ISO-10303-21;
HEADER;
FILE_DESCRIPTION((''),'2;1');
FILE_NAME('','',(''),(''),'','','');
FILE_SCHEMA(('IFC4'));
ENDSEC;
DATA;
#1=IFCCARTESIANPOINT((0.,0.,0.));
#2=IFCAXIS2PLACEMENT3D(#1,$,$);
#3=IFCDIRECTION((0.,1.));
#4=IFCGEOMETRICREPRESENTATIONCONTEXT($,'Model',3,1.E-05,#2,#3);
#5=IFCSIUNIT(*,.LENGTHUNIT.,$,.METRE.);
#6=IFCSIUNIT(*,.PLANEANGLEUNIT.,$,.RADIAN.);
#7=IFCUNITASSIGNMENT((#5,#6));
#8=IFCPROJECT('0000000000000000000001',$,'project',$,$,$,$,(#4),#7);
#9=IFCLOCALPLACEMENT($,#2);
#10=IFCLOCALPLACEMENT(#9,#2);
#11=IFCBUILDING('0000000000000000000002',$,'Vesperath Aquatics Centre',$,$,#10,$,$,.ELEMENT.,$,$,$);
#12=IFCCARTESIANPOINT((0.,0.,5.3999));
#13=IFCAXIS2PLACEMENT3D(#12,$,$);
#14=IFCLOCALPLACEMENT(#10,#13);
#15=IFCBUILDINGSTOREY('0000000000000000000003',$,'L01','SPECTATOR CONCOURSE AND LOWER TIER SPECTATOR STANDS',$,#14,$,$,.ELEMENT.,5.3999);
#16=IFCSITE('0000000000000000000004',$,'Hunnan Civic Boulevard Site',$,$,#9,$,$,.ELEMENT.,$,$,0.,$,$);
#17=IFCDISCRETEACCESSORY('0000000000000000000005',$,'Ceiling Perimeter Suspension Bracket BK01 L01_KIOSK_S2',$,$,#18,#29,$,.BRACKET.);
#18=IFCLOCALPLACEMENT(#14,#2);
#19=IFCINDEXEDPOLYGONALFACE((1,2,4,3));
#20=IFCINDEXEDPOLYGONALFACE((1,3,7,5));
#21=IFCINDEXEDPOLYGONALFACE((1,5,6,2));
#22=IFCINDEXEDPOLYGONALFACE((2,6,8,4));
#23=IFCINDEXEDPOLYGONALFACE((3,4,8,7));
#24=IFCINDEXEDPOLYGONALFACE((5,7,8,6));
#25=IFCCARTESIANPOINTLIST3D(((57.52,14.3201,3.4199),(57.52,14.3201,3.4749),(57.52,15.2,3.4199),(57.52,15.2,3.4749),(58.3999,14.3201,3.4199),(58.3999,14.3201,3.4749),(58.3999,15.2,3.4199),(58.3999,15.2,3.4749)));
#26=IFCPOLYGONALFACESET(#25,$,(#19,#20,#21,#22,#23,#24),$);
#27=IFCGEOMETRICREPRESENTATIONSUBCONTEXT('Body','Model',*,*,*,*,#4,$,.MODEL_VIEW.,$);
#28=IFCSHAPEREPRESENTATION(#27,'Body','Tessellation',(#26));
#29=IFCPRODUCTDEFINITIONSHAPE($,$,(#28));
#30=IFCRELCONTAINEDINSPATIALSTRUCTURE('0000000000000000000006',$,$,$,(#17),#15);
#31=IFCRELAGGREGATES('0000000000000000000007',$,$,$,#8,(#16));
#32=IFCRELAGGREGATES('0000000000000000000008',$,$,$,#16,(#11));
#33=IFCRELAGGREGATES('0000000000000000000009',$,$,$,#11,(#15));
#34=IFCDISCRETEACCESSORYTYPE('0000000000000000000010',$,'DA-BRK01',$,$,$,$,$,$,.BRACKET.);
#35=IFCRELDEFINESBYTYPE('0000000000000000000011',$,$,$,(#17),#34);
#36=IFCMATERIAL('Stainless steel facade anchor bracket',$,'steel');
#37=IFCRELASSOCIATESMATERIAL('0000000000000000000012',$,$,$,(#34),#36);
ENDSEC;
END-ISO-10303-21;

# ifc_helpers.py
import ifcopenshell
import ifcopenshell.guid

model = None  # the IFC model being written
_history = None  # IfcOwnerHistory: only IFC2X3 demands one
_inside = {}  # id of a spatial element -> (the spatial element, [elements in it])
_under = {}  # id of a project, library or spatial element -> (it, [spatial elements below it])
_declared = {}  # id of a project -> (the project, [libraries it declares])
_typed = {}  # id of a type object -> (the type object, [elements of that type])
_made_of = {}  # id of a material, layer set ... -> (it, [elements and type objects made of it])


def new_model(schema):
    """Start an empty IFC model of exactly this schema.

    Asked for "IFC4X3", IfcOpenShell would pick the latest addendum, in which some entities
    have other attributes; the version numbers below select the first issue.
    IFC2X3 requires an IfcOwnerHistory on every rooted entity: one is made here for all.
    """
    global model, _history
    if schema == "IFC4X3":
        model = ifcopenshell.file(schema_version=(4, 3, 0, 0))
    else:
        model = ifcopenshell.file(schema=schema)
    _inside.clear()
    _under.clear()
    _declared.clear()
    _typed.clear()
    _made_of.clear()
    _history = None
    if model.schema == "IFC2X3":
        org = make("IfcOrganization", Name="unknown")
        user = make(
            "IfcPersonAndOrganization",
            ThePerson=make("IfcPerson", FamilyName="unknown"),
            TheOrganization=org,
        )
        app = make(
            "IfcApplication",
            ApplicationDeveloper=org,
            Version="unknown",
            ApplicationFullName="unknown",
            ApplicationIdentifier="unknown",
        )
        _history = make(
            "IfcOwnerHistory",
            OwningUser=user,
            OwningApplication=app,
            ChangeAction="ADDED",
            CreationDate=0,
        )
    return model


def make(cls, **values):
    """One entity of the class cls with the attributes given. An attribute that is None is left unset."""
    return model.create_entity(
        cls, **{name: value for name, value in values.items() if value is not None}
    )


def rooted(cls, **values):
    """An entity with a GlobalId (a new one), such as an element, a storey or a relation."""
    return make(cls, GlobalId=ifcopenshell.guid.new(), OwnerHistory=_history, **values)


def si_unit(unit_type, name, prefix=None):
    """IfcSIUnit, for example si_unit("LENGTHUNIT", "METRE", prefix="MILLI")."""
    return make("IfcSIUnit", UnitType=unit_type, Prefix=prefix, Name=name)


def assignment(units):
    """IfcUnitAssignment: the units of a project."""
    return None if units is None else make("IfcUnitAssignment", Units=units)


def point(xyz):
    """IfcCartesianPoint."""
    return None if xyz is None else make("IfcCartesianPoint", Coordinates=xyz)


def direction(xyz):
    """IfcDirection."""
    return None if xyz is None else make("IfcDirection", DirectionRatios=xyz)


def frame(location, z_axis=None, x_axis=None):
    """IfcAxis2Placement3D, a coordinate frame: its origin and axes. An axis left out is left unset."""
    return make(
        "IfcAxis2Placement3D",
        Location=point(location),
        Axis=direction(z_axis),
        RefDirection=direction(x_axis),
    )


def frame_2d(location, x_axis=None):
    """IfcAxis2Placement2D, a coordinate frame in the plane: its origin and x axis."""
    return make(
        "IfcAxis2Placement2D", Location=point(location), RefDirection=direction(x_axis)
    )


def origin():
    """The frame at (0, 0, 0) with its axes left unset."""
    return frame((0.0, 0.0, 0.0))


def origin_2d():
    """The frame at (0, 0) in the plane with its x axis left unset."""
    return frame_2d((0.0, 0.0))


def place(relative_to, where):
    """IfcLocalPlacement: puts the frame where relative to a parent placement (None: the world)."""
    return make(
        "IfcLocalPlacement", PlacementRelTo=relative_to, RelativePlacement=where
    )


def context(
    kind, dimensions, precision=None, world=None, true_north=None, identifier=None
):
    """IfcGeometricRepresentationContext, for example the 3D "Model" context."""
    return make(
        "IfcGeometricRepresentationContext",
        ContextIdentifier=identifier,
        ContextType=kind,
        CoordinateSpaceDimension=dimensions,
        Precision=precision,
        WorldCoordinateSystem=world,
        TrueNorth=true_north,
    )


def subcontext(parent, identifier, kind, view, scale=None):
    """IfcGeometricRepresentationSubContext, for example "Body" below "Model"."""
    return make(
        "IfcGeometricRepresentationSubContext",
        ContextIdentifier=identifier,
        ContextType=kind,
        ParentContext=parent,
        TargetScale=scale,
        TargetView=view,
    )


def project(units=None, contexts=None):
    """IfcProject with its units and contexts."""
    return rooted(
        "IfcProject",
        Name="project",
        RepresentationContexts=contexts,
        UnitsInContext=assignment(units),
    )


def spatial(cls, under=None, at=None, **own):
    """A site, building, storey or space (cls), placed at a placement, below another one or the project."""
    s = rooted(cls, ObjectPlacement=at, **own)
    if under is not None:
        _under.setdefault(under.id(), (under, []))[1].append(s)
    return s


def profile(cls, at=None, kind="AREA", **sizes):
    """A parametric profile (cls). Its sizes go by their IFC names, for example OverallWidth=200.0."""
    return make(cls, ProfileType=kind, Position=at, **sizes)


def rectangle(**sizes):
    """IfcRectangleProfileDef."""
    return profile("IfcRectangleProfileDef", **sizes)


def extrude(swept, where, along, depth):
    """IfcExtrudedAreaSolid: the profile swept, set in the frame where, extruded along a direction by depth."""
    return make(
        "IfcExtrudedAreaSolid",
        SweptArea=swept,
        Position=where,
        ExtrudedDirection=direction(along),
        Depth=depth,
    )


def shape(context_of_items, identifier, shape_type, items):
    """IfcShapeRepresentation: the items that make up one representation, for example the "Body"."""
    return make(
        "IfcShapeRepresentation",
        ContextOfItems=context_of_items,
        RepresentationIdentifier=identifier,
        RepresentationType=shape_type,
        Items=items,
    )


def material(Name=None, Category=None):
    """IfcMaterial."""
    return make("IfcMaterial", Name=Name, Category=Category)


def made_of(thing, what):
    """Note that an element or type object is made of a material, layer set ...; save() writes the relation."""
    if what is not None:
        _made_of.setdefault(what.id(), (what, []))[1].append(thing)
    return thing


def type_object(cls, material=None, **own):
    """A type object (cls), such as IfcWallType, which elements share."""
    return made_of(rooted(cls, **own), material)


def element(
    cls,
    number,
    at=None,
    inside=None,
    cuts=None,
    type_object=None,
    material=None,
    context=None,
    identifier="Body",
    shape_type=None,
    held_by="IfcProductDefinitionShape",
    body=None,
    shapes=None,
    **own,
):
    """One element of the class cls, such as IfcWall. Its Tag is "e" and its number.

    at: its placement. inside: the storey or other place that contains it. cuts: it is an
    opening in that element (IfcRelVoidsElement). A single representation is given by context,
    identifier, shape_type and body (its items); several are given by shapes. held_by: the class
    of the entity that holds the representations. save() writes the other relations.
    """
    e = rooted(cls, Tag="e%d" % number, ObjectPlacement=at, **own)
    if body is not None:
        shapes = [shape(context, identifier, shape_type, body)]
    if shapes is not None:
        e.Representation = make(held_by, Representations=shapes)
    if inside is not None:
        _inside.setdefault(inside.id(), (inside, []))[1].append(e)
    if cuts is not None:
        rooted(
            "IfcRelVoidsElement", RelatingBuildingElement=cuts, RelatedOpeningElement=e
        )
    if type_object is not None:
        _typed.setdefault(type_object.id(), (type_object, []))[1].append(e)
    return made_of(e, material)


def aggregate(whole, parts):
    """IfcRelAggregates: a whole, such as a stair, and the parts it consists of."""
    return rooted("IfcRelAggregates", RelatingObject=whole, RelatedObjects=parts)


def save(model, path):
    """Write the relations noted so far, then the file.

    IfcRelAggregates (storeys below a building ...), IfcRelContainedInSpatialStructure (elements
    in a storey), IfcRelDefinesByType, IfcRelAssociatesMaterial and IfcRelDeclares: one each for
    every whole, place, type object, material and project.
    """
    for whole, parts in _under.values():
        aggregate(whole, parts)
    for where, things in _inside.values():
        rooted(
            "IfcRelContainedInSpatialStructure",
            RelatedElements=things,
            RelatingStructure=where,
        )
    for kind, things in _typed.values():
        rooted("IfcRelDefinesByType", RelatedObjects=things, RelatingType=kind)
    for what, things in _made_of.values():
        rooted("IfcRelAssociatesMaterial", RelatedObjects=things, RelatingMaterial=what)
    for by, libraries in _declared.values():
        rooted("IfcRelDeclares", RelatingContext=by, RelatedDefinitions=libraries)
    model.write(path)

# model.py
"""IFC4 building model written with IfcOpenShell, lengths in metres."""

from ifc_helpers import new_model, si_unit, direction, frame, origin, origin_2d, place, context, subcontext, project, spatial, rectangle, extrude, material, type_object, element, save


model = new_model("IFC4")

# Units and contexts
model_context = context("Model", 3, precision=1e-05, world=origin(), true_north=direction((0.0, 1.0)))
body_context = subcontext(model_context, "Body", "Model", "MODEL_VIEW")
ifc_project = project(units=[si_unit("LENGTHUNIT", "METRE"), si_unit("PLANEANGLEUNIT", "RADIAN")], contexts=[model_context])

# Site, building, storey
site_placement = place(None, origin())
site = spatial("IfcSite", under=ifc_project, at=site_placement, Name="Hunnan Civic Boulevard Site", CompositionType="ELEMENT", RefElevation=0.0)
building_placement = place(site_placement, origin())
building = spatial("IfcBuilding", under=site, at=building_placement, Name="Vesperath Aquatics Centre", CompositionType="ELEMENT")
storey_placement = place(building_placement, frame((0.0, 0.0, 5.3999)))
storey = spatial("IfcBuildingStorey", under=building, at=storey_placement, Name="L01", Description="SPECTATOR CONCOURSE AND LOWER TIER SPECTATOR STANDS", CompositionType="ELEMENT", Elevation=5.3999)

# Discrete accessory
ifc_material_1 = material(Name="Stainless steel facade anchor bracket", Category="steel")
discrete_accessory_type = type_object("IfcDiscreteAccessoryType", Name="DA-BRK01", PredefinedType="BRACKET", material=ifc_material_1)
discrete_accessory_placement = place(storey_placement, frame((57.96, 14.76, 3.4199), z_axis=(0.0, 0.0, 1.0), x_axis=(1.0, 0.0, 0.0)))
element("IfcDiscreteAccessory", 1, at=discrete_accessory_placement, inside=storey, type_object=discrete_accessory_type, Name="Ceiling Perimeter Suspension Bracket BK01 L01_KIOSK_S2", PredefinedType="BRACKET", context=body_context, shape_type="SweptSolid", body=[
    extrude(rectangle(XDim=0.8799, YDim=0.8799, at=origin_2d()), origin(), (0.0, 0.0, 1.0), 0.0549),
])

save(model, "model.ifc")
